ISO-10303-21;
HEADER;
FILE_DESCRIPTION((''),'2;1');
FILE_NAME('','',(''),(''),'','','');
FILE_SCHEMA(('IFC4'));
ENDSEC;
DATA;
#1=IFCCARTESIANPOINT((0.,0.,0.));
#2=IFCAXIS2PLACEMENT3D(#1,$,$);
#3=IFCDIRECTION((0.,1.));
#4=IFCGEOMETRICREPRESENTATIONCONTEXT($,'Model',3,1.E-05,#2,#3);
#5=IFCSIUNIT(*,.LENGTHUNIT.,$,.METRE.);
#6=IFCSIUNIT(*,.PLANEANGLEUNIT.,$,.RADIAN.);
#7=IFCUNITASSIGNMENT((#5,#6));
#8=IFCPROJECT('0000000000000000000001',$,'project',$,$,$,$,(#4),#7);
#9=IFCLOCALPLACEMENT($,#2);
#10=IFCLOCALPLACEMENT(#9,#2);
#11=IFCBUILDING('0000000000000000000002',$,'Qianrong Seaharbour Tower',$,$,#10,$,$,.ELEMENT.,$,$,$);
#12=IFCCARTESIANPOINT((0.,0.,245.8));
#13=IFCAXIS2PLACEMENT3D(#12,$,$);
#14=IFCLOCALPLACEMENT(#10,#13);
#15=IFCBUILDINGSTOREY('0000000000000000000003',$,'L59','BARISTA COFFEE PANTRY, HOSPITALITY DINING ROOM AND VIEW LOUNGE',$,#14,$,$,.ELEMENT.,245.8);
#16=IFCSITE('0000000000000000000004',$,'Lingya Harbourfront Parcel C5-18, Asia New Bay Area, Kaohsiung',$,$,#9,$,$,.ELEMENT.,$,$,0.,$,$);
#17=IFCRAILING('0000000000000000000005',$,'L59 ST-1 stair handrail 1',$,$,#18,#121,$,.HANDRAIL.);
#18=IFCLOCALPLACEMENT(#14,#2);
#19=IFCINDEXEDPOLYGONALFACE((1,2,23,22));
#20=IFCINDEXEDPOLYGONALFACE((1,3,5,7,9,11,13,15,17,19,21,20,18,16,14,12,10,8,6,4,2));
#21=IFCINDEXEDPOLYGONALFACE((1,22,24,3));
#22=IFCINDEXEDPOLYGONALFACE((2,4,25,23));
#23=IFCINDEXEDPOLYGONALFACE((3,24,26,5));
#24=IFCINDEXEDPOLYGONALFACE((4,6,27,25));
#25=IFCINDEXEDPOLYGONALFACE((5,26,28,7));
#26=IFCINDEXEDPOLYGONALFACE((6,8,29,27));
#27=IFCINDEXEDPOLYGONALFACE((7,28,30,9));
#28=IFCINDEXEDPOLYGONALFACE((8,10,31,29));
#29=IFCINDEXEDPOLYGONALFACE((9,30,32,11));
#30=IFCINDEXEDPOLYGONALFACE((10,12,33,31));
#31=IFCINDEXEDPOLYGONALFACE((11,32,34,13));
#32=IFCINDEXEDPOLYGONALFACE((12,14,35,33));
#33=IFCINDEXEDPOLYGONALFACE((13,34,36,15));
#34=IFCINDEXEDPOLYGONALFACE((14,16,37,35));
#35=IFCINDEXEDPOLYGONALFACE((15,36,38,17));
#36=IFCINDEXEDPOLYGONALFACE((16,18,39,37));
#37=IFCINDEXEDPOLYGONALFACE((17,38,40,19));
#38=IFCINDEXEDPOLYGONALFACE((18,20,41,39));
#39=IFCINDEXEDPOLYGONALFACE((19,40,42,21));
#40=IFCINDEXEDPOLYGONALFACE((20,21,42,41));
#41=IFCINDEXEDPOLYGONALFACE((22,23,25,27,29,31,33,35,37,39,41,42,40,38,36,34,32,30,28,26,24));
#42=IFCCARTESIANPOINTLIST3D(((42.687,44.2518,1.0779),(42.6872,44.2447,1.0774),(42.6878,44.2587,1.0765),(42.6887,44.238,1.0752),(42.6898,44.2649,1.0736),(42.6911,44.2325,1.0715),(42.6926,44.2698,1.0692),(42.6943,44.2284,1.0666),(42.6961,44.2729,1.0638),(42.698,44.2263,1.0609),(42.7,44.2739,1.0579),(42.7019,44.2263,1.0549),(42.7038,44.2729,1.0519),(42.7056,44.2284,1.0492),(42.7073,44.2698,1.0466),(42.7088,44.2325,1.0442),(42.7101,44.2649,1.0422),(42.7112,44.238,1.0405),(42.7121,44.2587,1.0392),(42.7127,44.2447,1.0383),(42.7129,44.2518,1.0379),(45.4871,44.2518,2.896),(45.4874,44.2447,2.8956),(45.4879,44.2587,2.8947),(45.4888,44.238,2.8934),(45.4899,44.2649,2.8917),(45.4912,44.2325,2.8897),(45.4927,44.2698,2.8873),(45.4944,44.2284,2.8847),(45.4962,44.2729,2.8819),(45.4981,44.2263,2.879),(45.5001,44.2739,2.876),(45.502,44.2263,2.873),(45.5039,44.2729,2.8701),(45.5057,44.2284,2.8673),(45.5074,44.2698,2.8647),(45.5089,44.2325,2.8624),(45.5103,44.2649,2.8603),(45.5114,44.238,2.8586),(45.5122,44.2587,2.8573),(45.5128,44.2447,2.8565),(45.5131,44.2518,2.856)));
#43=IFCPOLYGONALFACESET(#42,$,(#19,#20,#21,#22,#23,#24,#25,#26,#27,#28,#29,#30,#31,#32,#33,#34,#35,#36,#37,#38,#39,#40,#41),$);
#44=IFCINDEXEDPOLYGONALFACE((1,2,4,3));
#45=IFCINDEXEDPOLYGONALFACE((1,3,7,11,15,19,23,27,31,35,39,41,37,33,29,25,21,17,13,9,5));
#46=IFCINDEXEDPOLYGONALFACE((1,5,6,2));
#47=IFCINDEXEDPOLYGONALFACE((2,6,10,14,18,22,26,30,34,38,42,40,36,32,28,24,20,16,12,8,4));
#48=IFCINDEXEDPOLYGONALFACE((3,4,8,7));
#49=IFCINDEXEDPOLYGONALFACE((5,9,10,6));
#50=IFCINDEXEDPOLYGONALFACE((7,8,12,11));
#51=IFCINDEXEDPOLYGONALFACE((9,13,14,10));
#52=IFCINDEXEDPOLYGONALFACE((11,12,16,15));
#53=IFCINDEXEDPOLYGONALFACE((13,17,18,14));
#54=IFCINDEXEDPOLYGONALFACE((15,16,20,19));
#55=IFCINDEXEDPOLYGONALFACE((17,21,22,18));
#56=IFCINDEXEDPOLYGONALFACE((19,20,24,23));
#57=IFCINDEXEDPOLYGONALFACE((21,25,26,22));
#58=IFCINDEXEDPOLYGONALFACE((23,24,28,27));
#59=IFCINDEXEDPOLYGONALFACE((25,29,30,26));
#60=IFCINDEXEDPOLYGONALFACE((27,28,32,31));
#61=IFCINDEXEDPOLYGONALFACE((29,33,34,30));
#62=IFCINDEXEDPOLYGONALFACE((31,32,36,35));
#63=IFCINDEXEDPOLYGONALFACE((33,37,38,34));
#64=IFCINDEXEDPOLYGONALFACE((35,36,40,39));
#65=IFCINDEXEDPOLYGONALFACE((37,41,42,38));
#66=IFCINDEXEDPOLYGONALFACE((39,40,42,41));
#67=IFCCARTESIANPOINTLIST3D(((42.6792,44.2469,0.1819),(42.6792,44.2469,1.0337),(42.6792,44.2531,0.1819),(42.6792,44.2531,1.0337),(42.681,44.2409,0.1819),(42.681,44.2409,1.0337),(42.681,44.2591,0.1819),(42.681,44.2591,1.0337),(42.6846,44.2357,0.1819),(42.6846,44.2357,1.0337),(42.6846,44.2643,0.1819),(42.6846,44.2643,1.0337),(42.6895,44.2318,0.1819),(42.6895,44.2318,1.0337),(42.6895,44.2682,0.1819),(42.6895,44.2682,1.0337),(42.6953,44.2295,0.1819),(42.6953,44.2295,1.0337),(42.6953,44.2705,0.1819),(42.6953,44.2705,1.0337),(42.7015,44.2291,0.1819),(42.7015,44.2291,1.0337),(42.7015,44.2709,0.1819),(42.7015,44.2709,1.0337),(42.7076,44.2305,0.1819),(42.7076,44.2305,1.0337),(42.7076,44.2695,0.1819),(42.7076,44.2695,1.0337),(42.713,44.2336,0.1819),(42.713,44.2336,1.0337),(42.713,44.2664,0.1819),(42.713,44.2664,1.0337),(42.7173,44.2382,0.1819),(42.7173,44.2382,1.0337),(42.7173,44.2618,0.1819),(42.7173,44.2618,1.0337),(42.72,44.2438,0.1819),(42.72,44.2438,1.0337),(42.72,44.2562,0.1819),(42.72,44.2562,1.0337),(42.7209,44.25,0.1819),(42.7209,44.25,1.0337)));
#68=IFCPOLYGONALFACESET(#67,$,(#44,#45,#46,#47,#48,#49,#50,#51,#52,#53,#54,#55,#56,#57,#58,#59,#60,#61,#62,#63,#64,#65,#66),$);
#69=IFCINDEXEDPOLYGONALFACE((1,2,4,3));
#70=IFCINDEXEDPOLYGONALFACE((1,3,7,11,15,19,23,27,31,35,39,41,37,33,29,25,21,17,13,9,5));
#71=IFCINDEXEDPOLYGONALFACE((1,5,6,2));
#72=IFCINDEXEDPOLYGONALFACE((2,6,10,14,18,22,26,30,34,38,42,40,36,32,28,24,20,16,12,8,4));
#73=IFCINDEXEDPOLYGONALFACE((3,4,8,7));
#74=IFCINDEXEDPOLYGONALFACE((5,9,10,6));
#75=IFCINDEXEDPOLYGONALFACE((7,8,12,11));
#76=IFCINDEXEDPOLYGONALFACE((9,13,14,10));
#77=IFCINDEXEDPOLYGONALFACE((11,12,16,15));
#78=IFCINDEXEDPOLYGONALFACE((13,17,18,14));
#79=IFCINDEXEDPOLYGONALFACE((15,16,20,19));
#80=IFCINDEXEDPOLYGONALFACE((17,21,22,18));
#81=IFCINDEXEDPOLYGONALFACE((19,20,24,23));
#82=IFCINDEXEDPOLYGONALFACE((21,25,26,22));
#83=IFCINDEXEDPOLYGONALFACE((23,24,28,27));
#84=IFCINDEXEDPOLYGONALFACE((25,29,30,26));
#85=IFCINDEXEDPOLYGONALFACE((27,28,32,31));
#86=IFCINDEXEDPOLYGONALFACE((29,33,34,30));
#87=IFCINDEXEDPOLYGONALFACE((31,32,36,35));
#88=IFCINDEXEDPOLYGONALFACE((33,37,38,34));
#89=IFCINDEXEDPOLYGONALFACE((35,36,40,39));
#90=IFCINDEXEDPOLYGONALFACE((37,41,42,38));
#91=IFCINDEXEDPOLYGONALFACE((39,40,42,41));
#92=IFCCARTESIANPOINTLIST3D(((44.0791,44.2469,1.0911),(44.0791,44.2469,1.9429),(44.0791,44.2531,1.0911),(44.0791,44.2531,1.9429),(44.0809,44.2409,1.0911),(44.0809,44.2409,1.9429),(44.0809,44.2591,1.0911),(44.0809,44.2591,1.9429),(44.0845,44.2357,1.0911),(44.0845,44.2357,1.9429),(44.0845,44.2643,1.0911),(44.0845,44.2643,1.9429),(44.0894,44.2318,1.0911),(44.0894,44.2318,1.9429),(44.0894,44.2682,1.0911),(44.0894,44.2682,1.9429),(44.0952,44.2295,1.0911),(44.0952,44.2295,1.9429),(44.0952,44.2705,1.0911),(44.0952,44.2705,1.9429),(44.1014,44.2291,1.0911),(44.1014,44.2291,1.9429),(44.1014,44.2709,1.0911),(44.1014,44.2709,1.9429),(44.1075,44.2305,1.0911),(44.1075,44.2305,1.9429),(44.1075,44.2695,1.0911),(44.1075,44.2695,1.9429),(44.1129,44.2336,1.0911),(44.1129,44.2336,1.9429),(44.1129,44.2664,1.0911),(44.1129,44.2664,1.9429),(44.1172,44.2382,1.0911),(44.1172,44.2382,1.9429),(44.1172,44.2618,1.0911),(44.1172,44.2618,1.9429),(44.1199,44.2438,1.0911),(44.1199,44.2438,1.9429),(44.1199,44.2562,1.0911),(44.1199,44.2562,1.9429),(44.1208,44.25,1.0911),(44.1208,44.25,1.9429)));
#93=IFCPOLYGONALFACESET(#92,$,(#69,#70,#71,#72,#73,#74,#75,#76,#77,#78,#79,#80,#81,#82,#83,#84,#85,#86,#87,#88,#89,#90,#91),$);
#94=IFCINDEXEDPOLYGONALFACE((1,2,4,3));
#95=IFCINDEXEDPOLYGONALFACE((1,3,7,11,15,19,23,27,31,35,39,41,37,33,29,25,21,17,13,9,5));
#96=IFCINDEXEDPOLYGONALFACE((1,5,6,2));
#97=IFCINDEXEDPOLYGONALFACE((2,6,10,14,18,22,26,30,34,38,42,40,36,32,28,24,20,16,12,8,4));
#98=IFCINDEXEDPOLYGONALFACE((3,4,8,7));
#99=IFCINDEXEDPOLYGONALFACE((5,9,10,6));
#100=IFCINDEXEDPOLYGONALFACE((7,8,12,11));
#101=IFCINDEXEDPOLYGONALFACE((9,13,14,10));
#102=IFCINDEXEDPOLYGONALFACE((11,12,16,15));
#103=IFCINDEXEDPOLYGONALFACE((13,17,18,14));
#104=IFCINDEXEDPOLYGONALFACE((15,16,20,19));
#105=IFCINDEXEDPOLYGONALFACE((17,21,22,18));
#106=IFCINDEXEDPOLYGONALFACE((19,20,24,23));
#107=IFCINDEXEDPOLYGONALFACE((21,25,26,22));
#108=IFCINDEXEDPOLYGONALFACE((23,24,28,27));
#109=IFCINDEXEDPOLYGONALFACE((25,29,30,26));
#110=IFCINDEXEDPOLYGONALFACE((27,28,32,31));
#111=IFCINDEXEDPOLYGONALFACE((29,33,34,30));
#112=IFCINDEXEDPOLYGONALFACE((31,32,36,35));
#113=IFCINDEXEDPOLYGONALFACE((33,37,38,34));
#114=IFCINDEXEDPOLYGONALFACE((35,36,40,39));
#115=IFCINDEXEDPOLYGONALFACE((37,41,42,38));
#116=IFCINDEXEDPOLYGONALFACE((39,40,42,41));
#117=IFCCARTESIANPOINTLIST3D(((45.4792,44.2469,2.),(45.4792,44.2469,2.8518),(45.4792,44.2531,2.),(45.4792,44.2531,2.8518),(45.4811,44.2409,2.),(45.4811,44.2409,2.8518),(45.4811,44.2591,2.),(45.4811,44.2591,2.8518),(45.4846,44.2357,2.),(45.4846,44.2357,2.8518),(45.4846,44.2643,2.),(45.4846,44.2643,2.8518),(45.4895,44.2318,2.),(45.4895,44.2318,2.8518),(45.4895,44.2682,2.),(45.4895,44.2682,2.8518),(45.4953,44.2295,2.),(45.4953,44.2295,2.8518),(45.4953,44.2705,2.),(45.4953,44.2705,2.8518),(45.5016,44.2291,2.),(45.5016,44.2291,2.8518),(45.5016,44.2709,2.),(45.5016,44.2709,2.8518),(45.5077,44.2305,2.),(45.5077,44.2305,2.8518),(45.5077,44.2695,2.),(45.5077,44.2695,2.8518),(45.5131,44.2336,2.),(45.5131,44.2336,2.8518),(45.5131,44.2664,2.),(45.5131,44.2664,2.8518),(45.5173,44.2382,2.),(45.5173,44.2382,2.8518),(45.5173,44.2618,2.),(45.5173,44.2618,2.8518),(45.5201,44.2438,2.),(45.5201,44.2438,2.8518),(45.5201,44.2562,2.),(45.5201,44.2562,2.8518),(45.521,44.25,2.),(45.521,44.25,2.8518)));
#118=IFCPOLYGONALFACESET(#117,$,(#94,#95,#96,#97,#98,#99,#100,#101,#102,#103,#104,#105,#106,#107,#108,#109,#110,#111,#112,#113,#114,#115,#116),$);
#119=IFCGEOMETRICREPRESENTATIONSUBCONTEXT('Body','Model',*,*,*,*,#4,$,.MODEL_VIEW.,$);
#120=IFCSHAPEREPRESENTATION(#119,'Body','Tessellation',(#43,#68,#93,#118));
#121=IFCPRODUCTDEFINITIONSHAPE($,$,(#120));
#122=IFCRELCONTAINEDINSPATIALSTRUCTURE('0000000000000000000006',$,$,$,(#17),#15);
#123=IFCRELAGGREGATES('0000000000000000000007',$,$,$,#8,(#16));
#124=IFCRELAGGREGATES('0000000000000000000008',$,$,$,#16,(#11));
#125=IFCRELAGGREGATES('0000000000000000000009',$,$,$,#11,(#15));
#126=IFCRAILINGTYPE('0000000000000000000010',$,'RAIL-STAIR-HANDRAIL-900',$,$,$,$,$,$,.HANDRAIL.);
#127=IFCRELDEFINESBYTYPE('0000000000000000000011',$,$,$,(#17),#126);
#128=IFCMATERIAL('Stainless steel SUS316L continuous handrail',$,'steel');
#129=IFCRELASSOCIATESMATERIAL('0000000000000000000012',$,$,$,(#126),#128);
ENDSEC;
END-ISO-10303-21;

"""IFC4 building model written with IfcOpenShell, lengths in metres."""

from ifc_helpers import new_model, si_unit, direction, frame, origin, origin_2d, place, context, subcontext, project, spatial, circle, extrude, material, type_object, element, save


model = new_model("IFC4")

# Units and contexts
model_context = context("Model", 3, precision=1e-05, world=origin(), true_north=direction((0.0, 1.0)))
body_context = subcontext(model_context, "Body", "Model", "MODEL_VIEW")
ifc_project = project(units=[si_unit("LENGTHUNIT", "METRE"), si_unit("PLANEANGLEUNIT", "RADIAN")], contexts=[model_context])

# Site, building, storey
site_placement = place(None, origin())
site = spatial("IfcSite", under=ifc_project, at=site_placement, Name="Lingya Harbourfront Parcel C5-18, Asia New Bay Area, Kaohsiung", CompositionType="ELEMENT", RefElevation=0.0)
building_placement = place(site_placement, origin())
building = spatial("IfcBuilding", under=site, at=building_placement, Name="Qianrong Seaharbour Tower", CompositionType="ELEMENT")
storey_placement = place(building_placement, frame((0.0, 0.0, 245.8)))
storey = spatial("IfcBuildingStorey", under=building, at=storey_placement, Name="L59", Description="BARISTA COFFEE PANTRY, HOSPITALITY DINING ROOM AND VIEW LOUNGE", CompositionType="ELEMENT", Elevation=245.8)

# Railing
ifc_material_1 = material(Name="Stainless steel SUS316L continuous handrail", Category="steel")
railing_type_1 = type_object("IfcRailingType", Name="RAIL-STAIR-HANDRAIL-900", PredefinedType="HANDRAIL", material=ifc_material_1)
railing_1_placement = place(storey_placement, frame((42.7, 44.25, 0.1819)))
element("IfcRailing", 1, at=railing_1_placement, inside=storey, type_object=railing_type_1, Name="L59 ST-1 stair handrail 1", PredefinedType="HANDRAIL", context=body_context, shape_type="SweptSolid", body=[
    extrude(circle(Radius=0.0239, at=origin_2d()), frame((0.0, 0.0, 0.876), z_axis=(0.838706, 0.0, 0.544585), x_axis=(0.0, 1.0, 0.0)), (0.0, 0.0, 1.0), 3.3386),
    extrude(circle(Radius=0.021, at=origin_2d()), origin(), (0.0, 0.0, 1.0), 0.8518),
    extrude(circle(Radius=0.021, at=origin_2d()), frame((1.3999, 0.0, 0.9092)), (0.0, 0.0, 1.0), 0.8518),
    extrude(circle(Radius=0.021, at=origin_2d()), frame((2.8, 0.0, 1.8181)), (0.0, 0.0, 1.0), 0.8518),
])

save(model, "model.ifc")
